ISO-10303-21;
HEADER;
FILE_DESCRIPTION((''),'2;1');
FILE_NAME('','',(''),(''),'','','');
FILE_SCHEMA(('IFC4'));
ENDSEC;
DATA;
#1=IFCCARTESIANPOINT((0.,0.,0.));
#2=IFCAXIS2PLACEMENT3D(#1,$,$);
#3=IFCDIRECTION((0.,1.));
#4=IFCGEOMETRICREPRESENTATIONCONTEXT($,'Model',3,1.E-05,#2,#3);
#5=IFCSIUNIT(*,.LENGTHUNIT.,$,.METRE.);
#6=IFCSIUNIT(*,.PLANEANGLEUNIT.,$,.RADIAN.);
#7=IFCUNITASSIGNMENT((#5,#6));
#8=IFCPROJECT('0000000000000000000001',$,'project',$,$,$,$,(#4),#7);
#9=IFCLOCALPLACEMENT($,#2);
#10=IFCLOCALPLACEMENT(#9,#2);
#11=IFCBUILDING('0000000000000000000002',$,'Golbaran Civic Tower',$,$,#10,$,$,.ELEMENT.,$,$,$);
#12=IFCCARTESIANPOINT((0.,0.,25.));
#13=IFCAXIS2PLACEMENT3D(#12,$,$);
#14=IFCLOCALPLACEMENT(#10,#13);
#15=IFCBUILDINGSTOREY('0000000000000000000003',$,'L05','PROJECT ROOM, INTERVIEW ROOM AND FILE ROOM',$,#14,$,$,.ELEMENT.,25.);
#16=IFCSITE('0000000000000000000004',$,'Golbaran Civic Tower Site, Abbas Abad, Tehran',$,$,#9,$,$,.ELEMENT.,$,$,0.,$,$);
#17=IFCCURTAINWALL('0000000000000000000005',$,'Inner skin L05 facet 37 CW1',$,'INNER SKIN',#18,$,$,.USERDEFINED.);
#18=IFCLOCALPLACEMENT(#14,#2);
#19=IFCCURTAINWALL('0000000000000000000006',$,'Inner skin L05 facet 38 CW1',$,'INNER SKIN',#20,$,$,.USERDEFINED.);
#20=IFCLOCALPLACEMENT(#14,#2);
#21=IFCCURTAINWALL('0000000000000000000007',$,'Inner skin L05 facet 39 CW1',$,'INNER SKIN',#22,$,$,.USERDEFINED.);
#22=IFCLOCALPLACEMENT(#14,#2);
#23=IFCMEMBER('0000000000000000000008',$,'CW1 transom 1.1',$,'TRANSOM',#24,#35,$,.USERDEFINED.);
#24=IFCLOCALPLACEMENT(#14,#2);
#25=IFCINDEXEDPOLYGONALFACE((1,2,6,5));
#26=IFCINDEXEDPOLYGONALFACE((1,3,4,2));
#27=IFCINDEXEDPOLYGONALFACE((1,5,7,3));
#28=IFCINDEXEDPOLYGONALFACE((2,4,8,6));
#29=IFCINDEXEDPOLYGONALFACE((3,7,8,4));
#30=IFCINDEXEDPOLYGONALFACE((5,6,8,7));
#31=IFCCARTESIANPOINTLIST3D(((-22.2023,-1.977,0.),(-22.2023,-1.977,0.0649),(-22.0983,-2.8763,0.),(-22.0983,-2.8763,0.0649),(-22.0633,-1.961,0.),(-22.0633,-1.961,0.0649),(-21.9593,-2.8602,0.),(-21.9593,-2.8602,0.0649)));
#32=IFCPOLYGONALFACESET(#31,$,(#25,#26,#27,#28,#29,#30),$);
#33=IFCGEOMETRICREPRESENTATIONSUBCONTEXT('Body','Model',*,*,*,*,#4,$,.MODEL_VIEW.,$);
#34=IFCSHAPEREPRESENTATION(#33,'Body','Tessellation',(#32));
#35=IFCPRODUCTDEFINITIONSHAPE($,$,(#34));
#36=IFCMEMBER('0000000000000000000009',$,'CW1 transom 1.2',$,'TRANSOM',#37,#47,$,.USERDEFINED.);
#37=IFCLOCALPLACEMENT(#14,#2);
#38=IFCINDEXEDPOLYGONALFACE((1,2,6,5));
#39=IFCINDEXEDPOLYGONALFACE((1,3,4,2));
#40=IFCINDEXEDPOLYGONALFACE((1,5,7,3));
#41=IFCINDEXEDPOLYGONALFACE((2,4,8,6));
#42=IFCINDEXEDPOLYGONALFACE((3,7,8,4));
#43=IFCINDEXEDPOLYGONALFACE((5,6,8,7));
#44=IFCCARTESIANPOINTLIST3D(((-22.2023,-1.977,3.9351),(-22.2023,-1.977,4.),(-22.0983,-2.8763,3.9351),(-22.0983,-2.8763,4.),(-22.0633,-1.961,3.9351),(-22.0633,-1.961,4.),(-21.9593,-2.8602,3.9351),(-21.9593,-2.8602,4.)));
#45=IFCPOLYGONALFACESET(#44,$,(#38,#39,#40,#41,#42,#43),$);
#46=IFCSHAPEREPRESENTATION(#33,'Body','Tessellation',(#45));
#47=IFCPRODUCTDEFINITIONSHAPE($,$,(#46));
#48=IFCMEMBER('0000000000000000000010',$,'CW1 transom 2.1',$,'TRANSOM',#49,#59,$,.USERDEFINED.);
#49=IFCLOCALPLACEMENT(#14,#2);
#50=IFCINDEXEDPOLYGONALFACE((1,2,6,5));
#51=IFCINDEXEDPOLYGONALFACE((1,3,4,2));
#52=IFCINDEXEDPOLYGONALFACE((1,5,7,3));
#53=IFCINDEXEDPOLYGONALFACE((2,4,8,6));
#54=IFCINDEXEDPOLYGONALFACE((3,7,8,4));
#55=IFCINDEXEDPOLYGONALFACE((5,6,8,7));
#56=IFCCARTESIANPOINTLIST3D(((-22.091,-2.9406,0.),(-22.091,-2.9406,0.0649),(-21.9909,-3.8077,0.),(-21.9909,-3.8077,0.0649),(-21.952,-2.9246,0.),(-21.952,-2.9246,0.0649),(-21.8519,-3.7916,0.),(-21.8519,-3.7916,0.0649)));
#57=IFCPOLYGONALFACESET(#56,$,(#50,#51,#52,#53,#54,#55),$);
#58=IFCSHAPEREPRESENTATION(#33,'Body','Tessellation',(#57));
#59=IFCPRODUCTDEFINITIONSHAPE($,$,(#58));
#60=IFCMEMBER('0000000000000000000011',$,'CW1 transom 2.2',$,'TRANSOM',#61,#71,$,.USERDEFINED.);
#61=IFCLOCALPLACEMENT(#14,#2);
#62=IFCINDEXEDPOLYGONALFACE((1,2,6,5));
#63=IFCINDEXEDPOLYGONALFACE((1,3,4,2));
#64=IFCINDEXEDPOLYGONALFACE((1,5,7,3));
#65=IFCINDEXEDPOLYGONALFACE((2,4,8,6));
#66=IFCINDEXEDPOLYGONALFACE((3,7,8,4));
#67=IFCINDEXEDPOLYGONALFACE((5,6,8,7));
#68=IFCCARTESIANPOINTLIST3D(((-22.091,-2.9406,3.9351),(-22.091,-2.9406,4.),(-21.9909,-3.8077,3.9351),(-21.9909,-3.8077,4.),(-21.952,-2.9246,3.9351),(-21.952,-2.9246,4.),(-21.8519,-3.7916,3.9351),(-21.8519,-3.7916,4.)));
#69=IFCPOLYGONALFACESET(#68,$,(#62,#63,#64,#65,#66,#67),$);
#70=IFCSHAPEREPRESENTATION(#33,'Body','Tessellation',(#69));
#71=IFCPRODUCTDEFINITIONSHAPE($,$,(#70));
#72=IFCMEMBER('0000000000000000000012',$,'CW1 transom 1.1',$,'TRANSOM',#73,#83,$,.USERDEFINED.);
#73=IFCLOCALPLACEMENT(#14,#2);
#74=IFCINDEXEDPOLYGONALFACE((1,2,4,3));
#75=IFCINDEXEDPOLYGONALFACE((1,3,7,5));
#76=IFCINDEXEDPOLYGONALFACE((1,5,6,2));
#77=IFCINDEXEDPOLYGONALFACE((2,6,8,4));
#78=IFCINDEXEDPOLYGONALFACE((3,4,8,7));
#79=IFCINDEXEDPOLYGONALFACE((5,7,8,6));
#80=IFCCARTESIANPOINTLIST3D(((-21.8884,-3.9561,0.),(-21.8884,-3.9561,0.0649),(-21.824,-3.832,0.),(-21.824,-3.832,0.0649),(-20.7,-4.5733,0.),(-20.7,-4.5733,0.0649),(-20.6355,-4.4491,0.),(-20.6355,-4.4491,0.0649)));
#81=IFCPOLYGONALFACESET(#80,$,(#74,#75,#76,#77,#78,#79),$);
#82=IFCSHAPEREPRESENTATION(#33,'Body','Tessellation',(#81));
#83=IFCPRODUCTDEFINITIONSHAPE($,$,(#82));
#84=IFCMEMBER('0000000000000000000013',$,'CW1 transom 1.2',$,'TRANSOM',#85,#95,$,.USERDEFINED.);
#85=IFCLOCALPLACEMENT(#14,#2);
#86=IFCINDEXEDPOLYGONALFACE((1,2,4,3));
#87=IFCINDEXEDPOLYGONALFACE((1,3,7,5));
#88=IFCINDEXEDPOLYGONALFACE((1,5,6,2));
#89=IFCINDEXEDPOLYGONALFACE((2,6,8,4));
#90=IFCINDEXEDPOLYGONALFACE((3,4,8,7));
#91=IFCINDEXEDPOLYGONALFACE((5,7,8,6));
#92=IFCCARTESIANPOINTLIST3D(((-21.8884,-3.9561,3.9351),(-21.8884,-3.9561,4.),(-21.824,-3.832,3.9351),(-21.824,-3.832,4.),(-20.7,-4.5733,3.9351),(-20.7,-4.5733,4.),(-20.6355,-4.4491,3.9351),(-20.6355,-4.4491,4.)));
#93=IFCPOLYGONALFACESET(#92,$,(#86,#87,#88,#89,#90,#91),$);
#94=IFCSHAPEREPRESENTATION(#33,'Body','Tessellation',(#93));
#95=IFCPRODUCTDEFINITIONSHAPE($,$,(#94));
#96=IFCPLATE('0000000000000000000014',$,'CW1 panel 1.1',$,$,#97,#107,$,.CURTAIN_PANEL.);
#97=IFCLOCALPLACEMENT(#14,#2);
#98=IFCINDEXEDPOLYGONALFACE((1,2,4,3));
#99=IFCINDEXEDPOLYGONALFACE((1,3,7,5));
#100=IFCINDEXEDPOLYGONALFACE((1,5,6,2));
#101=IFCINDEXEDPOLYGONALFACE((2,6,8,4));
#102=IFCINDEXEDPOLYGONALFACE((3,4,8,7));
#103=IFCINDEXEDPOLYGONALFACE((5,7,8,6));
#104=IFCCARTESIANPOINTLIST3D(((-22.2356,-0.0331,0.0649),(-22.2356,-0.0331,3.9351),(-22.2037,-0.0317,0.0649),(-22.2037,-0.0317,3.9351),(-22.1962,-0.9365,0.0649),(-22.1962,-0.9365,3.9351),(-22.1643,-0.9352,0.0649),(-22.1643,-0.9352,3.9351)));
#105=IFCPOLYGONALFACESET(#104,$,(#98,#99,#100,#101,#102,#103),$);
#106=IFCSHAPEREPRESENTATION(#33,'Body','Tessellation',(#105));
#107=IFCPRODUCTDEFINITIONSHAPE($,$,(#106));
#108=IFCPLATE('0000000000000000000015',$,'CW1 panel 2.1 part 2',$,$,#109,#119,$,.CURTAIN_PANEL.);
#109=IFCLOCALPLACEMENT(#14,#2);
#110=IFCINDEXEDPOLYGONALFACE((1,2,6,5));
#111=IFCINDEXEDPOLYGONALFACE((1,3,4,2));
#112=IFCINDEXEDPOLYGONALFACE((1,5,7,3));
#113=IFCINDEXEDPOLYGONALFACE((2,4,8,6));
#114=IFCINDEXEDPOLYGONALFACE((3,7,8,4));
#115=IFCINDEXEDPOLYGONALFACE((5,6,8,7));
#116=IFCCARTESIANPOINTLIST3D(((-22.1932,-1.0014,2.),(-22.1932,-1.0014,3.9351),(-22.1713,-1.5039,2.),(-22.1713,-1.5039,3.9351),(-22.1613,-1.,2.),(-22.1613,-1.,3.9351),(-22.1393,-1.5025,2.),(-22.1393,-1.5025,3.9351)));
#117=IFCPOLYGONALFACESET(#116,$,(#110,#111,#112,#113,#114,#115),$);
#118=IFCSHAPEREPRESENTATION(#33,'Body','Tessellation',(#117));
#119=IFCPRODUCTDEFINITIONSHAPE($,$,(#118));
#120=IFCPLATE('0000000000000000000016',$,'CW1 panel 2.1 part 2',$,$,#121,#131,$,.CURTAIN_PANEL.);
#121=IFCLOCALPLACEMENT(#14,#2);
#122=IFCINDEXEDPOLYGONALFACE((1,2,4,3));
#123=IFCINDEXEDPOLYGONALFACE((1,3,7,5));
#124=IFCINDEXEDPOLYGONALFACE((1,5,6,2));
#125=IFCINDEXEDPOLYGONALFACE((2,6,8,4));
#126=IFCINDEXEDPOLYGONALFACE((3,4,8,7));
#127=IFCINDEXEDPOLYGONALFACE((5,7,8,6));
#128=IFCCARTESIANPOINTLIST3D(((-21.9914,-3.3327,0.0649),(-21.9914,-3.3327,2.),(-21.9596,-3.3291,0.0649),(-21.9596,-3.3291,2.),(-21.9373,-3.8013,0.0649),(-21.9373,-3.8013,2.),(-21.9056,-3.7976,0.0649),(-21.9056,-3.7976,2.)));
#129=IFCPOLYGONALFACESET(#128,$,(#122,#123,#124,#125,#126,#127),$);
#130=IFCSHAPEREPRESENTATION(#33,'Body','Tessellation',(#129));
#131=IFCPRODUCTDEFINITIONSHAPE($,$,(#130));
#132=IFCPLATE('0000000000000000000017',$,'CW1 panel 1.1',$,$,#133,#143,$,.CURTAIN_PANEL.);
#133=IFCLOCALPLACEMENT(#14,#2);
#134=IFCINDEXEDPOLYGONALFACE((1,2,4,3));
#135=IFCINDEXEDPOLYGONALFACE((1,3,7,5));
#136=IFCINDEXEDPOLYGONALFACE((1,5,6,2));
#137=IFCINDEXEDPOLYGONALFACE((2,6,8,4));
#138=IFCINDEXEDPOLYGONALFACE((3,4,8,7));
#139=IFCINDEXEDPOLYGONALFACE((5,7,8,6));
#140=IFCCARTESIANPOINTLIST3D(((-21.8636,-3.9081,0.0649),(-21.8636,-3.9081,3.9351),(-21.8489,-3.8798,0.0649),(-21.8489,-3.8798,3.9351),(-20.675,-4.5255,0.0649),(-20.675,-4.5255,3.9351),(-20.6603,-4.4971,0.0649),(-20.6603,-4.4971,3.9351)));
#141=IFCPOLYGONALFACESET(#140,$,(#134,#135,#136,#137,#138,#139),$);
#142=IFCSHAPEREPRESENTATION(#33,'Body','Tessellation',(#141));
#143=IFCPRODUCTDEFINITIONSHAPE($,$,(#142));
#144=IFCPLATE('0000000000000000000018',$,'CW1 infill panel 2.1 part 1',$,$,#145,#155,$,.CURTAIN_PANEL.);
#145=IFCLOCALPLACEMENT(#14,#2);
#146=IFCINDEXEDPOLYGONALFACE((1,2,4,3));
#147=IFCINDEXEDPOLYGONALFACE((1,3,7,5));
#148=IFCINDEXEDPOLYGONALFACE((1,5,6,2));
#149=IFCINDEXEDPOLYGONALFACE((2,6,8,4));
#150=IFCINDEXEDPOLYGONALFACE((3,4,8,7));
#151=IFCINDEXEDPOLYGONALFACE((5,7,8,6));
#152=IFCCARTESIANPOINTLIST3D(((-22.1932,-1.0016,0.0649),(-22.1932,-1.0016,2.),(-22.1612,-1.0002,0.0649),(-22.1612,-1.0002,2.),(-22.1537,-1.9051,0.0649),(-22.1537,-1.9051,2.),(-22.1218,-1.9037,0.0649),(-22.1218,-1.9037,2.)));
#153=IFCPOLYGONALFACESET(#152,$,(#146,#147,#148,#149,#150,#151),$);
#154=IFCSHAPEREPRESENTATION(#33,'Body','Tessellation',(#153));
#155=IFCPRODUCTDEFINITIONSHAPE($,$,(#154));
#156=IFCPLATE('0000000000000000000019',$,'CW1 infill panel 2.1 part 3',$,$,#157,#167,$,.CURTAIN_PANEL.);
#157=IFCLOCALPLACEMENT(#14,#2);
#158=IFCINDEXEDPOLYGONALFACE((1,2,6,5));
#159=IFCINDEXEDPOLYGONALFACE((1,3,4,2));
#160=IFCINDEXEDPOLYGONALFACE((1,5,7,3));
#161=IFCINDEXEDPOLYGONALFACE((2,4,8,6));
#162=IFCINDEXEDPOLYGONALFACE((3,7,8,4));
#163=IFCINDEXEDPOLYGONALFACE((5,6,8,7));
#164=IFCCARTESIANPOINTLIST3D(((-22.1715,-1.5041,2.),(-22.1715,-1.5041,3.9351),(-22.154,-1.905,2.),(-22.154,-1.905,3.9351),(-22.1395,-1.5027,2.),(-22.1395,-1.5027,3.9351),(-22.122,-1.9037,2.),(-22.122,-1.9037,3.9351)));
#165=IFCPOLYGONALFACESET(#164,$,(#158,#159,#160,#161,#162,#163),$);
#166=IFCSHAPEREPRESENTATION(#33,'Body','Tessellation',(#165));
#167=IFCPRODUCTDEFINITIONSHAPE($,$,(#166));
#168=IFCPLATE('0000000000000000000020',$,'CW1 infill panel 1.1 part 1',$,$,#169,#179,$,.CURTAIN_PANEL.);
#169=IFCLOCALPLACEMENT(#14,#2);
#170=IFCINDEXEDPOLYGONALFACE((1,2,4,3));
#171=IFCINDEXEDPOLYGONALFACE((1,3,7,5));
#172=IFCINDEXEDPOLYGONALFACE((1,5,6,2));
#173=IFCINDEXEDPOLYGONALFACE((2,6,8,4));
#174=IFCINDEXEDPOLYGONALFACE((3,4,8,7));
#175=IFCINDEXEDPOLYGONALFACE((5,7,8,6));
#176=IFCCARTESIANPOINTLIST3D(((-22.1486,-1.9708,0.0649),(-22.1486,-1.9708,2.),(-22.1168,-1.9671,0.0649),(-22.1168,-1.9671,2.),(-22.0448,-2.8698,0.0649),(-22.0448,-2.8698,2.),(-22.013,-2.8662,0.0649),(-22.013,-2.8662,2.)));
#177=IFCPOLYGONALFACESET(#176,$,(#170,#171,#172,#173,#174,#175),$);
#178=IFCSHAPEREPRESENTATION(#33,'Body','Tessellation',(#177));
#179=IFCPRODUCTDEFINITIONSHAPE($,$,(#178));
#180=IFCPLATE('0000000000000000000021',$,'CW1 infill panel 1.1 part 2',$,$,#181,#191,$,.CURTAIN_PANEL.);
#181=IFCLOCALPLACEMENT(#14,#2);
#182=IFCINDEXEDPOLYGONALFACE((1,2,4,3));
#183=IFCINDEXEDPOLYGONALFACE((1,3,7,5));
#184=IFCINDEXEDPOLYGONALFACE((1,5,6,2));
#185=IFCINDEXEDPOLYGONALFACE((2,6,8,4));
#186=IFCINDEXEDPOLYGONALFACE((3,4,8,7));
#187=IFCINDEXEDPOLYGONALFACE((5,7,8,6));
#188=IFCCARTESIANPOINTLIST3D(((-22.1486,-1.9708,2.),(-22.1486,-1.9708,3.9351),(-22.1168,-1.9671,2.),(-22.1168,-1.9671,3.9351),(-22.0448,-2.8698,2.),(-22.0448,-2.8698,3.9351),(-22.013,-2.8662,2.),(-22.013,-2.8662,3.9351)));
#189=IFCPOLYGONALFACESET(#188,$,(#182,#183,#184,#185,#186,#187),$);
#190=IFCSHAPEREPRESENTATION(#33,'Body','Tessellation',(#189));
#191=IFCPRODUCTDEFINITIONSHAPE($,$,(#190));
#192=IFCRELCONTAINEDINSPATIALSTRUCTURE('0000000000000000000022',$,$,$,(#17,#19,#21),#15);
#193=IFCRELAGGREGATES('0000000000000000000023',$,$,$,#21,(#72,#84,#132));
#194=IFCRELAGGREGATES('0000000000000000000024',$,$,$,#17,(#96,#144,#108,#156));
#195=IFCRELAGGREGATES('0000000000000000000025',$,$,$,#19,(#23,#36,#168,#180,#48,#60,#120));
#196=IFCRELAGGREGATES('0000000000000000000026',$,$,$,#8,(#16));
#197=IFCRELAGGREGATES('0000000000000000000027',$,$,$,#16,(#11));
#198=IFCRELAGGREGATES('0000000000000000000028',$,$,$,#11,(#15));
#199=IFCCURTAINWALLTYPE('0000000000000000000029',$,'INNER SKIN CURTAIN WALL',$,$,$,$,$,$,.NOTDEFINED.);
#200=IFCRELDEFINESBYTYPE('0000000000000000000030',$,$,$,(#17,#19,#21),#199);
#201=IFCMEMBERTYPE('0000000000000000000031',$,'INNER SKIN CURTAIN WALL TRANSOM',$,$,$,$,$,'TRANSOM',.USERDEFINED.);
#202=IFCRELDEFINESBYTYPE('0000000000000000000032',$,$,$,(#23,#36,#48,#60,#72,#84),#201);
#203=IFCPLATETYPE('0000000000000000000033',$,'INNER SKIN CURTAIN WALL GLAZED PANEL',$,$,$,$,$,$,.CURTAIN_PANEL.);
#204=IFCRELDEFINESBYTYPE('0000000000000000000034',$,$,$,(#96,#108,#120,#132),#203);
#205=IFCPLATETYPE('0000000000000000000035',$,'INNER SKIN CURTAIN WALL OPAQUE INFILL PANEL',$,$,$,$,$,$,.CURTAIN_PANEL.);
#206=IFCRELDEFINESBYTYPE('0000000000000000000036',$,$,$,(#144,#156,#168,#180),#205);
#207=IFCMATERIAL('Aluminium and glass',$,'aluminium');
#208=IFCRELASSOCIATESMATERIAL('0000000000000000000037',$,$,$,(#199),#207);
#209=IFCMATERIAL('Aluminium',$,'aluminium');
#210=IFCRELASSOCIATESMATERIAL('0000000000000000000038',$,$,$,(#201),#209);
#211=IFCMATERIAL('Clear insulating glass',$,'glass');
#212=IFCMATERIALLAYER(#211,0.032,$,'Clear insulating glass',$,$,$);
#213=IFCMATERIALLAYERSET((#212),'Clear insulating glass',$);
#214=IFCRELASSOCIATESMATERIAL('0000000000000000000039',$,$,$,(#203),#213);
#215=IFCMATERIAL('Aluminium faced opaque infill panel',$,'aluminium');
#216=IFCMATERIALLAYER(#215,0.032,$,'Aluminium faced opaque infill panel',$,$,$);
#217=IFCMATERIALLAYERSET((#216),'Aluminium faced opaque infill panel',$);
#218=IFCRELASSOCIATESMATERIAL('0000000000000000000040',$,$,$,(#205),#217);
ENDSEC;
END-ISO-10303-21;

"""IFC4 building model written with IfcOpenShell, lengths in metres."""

from ifc_helpers import new_model, si_unit, direction, frame, origin, origin_2d, place, context, subcontext, project, spatial, rectangle, extrude, material, layer, layer_set, material_profile, profile_set, type_object, element, aggregate, save


model = new_model("IFC4")

# Units and contexts
model_context = context("Model", 3, precision=1e-05, world=origin(), true_north=direction((0.0, 1.0)))
body_context = subcontext(model_context, "Body", "Model", "MODEL_VIEW")
ifc_project = project(units=[si_unit("LENGTHUNIT", "METRE"), si_unit("PLANEANGLEUNIT", "RADIAN")], contexts=[model_context])

# Site, building, storey
site_placement = place(None, origin())
site = spatial("IfcSite", under=ifc_project, at=site_placement, Name="Golbaran Civic Tower Site, Abbas Abad, Tehran", CompositionType="ELEMENT", RefElevation=0.0)
building_placement = place(site_placement, origin())
building = spatial("IfcBuilding", under=site, at=building_placement, Name="Golbaran Civic Tower", CompositionType="ELEMENT")
storey_placement = place(building_placement, frame((0.0, 0.0, 25.0)))
storey = spatial("IfcBuildingStorey", under=building, at=storey_placement, Name="L05", Description="PROJECT ROOM, INTERVIEW ROOM AND FILE ROOM", CompositionType="ELEMENT", Elevation=25.0)

# Shared definitions
ifc_material_1 = material(Name="Aluminium and glass", Category="aluminium")
curtain_wall_type = type_object("IfcCurtainWallType", Name="INNER SKIN CURTAIN WALL", PredefinedType="NOTDEFINED", material=ifc_material_1)
ifc_material_2 = material(Name="Aluminium", Category="aluminium")

# Curtain walls
curtain_wall_1_placement = place(storey_placement, origin())
curtain_wall_1 = element("IfcCurtainWall", 1, at=curtain_wall_1_placement, inside=storey, type_object=curtain_wall_type, Name="Inner skin L05 facet 37 CW1", ObjectType="INNER SKIN", PredefinedType="USERDEFINED")
curtain_wall_2_placement = place(storey_placement, origin())
curtain_wall_2 = element("IfcCurtainWall", 2, at=curtain_wall_2_placement, inside=storey, type_object=curtain_wall_type, Name="Inner skin L05 facet 38 CW1", ObjectType="INNER SKIN", PredefinedType="USERDEFINED")
curtain_wall_3_placement = place(storey_placement, origin())
curtain_wall_3 = element("IfcCurtainWall", 3, at=curtain_wall_3_placement, inside=storey, type_object=curtain_wall_type, Name="Inner skin L05 facet 39 CW1", ObjectType="INNER SKIN", PredefinedType="USERDEFINED")

# Members
ifc_material_profile_1 = material_profile(ifc_material_2, rectangle(XDim=0.1399, YDim=0.0649, at=origin_2d()), Name="INNER SKIN CURTAIN WALL TRANSOM")
ifc_profile_set_1 = profile_set([ifc_material_profile_1], Name="Aluminium")
member_type_1 = type_object("IfcMemberType", Name="INNER SKIN CURTAIN WALL TRANSOM", ElementType="TRANSOM", PredefinedType="USERDEFINED", material=ifc_profile_set_1)
member_1_placement = place(storey_placement, frame((-22.1328, -1.969, 0.0325), z_axis=(0.114901, -0.993377, 0.0), x_axis=(0.993377, 0.114901, 0.0)))
member_1 = element("IfcMember", 4, at=member_1_placement, type_object=member_type_1, Name="CW1 transom 1.1", ObjectType="TRANSOM", PredefinedType="USERDEFINED", context=body_context, shape_type="SweptSolid", body=[
    extrude(rectangle(XDim=0.1399, YDim=0.0649, at=origin_2d()), origin(), (0.0, 0.0, 1.0), 0.9053),
])
member_2_placement = place(storey_placement, frame((-22.1328, -1.969, 3.9675), z_axis=(0.114901, -0.993377, 0.0), x_axis=(0.993377, 0.114901, 0.0)))
member_2 = element("IfcMember", 5, at=member_2_placement, type_object=member_type_1, Name="CW1 transom 1.2", ObjectType="TRANSOM", PredefinedType="USERDEFINED", context=body_context, shape_type="SweptSolid", body=[
    extrude(rectangle(XDim=0.1399, YDim=0.0649, at=origin_2d()), origin(), (0.0, 0.0, 1.0), 0.9053),
])
member_3_placement = place(storey_placement, frame((-22.0215, -2.9326, 0.0325), z_axis=(0.114698, -0.9934, 0.0), x_axis=(0.9934, 0.114698, 0.0)))
member_3 = element("IfcMember", 6, at=member_3_placement, type_object=member_type_1, Name="CW1 transom 2.1", ObjectType="TRANSOM", PredefinedType="USERDEFINED", context=body_context, shape_type="SweptSolid", body=[
    extrude(rectangle(XDim=0.1399, YDim=0.0649, at=origin_2d()), origin(), (0.0, 0.0, 1.0), 0.8728),
])
member_4_placement = place(storey_placement, frame((-22.0215, -2.9326, 3.9675), z_axis=(0.114698, -0.9934, 0.0), x_axis=(0.9934, 0.114698, 0.0)))
member_4 = element("IfcMember", 7, at=member_4_placement, type_object=member_type_1, Name="CW1 transom 2.2", ObjectType="TRANSOM", PredefinedType="USERDEFINED", context=body_context, shape_type="SweptSolid", body=[
    extrude(rectangle(XDim=0.1399, YDim=0.0649, at=origin_2d()), origin(), (0.0, 0.0, 1.0), 0.8728),
])
member_5_placement = place(storey_placement, frame((-21.8562, -3.894, 0.0325), z_axis=(0.887467, -0.46087, 0.0), x_axis=(0.46087, 0.887467, 0.0)))
member_5 = element("IfcMember", 8, at=member_5_placement, type_object=member_type_1, Name="CW1 transom 1.1", ObjectType="TRANSOM", PredefinedType="USERDEFINED", context=body_context, shape_type="SweptSolid", body=[
    extrude(rectangle(XDim=0.1399, YDim=0.0649, at=origin_2d()), origin(), (0.0, 0.0, 1.0), 1.3391),
])
member_6_placement = place(storey_placement, frame((-21.8562, -3.894, 3.9675), z_axis=(0.887467, -0.46087, 0.0), x_axis=(0.46087, 0.887467, 0.0)))
member_6 = element("IfcMember", 9, at=member_6_placement, type_object=member_type_1, Name="CW1 transom 1.2", ObjectType="TRANSOM", PredefinedType="USERDEFINED", context=body_context, shape_type="SweptSolid", body=[
    extrude(rectangle(XDim=0.1399, YDim=0.0649, at=origin_2d()), origin(), (0.0, 0.0, 1.0), 1.3391),
])

# Plates
ifc_material_3 = material(Name="Clear insulating glass", Category="glass")
ifc_layer_1 = layer(ifc_material_3, 0.032, Name="Clear insulating glass")
ifc_layer_set_1 = layer_set([ifc_layer_1], Name="Clear insulating glass")
plate_type_1 = type_object("IfcPlateType", Name="INNER SKIN CURTAIN WALL GLAZED PANEL", PredefinedType="CURTAIN_PANEL", material=ifc_layer_set_1)
plate_1_placement = place(storey_placement, frame((-22.2, -0.4841, 0.0649), z_axis=(0.0, 0.0, 1.0), x_axis=(0.043619, -0.999048, 0.0)))
plate_1 = element("IfcPlate", 10, at=plate_1_placement, type_object=plate_type_1, Name="CW1 panel 1.1", PredefinedType="CURTAIN_PANEL", context=body_context, shape_type="SweptSolid", body=[
    extrude(rectangle(XDim=0.9043, YDim=0.032, at=origin_2d()), origin(), (0.0, 0.0, 1.0), 3.8701),
])
plate_2_placement = place(storey_placement, frame((-22.1663, -1.252, 2.0), z_axis=(0.0, 0.0, 1.0), x_axis=(0.043619, -0.999048, 0.0)))
plate_2 = element("IfcPlate", 11, at=plate_2_placement, type_object=plate_type_1, Name="CW1 panel 2.1 part 2", PredefinedType="CURTAIN_PANEL", context=body_context, shape_type="SweptSolid", body=[
    extrude(rectangle(XDim=0.5029, YDim=0.032, at=origin_2d()), origin(), (0.0, 0.0, 1.0), 1.9351),
])
plate_3_placement = place(storey_placement, frame((-21.9485, -3.5652, 0.0649), z_axis=(0.0, 0.0, 1.0), x_axis=(0.114683, -0.993402, 0.0)))
plate_3 = element("IfcPlate", 12, at=plate_3_placement, type_object=plate_type_1, Name="CW1 panel 2.1 part 2", PredefinedType="CURTAIN_PANEL", context=body_context, shape_type="SweptSolid", body=[
    extrude(rectangle(XDim=0.4717, YDim=0.032, at=origin_2d()), origin(), (0.0, 0.0, 1.0), 1.9351),
])
plate_4_placement = place(storey_placement, frame((-21.262, -4.2026, 0.0649), z_axis=(0.0, 0.0, 1.0), x_axis=(0.887429, -0.460945, 0.0)))
plate_4 = element("IfcPlate", 13, at=plate_4_placement, type_object=plate_type_1, Name="CW1 panel 1.1", PredefinedType="CURTAIN_PANEL", context=body_context, shape_type="SweptSolid", body=[
    extrude(rectangle(XDim=1.3394, YDim=0.032, at=origin_2d()), origin(), (0.0, 0.0, 1.0), 3.8701),
])
aggregate(curtain_wall_3, [member_5, member_6, plate_4])
ifc_material_4 = material(Name="Aluminium faced opaque infill panel", Category="aluminium")
ifc_layer_2 = layer(ifc_material_4, 0.032, Name="Aluminium faced opaque infill panel")
ifc_layer_set_2 = layer_set([ifc_layer_2], Name="Aluminium faced opaque infill panel")
plate_type_2 = type_object("IfcPlateType", Name="INNER SKIN CURTAIN WALL OPAQUE INFILL PANEL", PredefinedType="CURTAIN_PANEL", material=ifc_layer_set_2)
plate_5_placement = place(storey_placement, frame((-22.1575, -1.4526, 0.0649), z_axis=(0.0, 0.0, 1.0), x_axis=(0.043619, -0.999048, 0.0)))
plate_5 = element("IfcPlate", 14, at=plate_5_placement, type_object=plate_type_2, Name="CW1 infill panel 2.1 part 1", PredefinedType="CURTAIN_PANEL", context=body_context, shape_type="SweptSolid", body=[
    extrude(rectangle(XDim=0.9043, YDim=0.032, at=origin_2d()), origin(), (0.0, 0.0, 1.0), 1.9351),
])
plate_6_placement = place(storey_placement, frame((-22.1467, -1.7039, 2.0), z_axis=(0.0, 0.0, 1.0), x_axis=(0.043619, -0.999048, 0.0)))
plate_6 = element("IfcPlate", 15, at=plate_6_placement, type_object=plate_type_2, Name="CW1 infill panel 2.1 part 3", PredefinedType="CURTAIN_PANEL", context=body_context, shape_type="SweptSolid", body=[
    extrude(rectangle(XDim=0.4014, YDim=0.032, at=origin_2d()), origin(), (0.0, 0.0, 1.0), 1.9351),
])
aggregate(curtain_wall_1, [plate_1, plate_5, plate_2, plate_6])
plate_7_placement = place(storey_placement, frame((-22.0808, -2.4185, 0.0649), z_axis=(0.0, 0.0, 1.0), x_axis=(0.114683, -0.993402, 0.0)))
plate_7 = element("IfcPlate", 16, at=plate_7_placement, type_object=plate_type_2, Name="CW1 infill panel 1.1 part 1", PredefinedType="CURTAIN_PANEL", context=body_context, shape_type="SweptSolid", body=[
    extrude(rectangle(XDim=0.905, YDim=0.032, at=origin_2d()), origin(), (0.0, 0.0, 1.0), 1.9351),
])
plate_8_placement = place(storey_placement, frame((-22.0808, -2.4185, 2.0), z_axis=(0.0, 0.0, 1.0), x_axis=(0.114683, -0.993402, 0.0)))
plate_8 = element("IfcPlate", 17, at=plate_8_placement, type_object=plate_type_2, Name="CW1 infill panel 1.1 part 2", PredefinedType="CURTAIN_PANEL", context=body_context, shape_type="SweptSolid", body=[
    extrude(rectangle(XDim=0.905, YDim=0.032, at=origin_2d()), origin(), (0.0, 0.0, 1.0), 1.9351),
])
aggregate(curtain_wall_2, [member_1, member_2, plate_7, plate_8, member_3, member_4, plate_3])

save(model, "model.ifc")
